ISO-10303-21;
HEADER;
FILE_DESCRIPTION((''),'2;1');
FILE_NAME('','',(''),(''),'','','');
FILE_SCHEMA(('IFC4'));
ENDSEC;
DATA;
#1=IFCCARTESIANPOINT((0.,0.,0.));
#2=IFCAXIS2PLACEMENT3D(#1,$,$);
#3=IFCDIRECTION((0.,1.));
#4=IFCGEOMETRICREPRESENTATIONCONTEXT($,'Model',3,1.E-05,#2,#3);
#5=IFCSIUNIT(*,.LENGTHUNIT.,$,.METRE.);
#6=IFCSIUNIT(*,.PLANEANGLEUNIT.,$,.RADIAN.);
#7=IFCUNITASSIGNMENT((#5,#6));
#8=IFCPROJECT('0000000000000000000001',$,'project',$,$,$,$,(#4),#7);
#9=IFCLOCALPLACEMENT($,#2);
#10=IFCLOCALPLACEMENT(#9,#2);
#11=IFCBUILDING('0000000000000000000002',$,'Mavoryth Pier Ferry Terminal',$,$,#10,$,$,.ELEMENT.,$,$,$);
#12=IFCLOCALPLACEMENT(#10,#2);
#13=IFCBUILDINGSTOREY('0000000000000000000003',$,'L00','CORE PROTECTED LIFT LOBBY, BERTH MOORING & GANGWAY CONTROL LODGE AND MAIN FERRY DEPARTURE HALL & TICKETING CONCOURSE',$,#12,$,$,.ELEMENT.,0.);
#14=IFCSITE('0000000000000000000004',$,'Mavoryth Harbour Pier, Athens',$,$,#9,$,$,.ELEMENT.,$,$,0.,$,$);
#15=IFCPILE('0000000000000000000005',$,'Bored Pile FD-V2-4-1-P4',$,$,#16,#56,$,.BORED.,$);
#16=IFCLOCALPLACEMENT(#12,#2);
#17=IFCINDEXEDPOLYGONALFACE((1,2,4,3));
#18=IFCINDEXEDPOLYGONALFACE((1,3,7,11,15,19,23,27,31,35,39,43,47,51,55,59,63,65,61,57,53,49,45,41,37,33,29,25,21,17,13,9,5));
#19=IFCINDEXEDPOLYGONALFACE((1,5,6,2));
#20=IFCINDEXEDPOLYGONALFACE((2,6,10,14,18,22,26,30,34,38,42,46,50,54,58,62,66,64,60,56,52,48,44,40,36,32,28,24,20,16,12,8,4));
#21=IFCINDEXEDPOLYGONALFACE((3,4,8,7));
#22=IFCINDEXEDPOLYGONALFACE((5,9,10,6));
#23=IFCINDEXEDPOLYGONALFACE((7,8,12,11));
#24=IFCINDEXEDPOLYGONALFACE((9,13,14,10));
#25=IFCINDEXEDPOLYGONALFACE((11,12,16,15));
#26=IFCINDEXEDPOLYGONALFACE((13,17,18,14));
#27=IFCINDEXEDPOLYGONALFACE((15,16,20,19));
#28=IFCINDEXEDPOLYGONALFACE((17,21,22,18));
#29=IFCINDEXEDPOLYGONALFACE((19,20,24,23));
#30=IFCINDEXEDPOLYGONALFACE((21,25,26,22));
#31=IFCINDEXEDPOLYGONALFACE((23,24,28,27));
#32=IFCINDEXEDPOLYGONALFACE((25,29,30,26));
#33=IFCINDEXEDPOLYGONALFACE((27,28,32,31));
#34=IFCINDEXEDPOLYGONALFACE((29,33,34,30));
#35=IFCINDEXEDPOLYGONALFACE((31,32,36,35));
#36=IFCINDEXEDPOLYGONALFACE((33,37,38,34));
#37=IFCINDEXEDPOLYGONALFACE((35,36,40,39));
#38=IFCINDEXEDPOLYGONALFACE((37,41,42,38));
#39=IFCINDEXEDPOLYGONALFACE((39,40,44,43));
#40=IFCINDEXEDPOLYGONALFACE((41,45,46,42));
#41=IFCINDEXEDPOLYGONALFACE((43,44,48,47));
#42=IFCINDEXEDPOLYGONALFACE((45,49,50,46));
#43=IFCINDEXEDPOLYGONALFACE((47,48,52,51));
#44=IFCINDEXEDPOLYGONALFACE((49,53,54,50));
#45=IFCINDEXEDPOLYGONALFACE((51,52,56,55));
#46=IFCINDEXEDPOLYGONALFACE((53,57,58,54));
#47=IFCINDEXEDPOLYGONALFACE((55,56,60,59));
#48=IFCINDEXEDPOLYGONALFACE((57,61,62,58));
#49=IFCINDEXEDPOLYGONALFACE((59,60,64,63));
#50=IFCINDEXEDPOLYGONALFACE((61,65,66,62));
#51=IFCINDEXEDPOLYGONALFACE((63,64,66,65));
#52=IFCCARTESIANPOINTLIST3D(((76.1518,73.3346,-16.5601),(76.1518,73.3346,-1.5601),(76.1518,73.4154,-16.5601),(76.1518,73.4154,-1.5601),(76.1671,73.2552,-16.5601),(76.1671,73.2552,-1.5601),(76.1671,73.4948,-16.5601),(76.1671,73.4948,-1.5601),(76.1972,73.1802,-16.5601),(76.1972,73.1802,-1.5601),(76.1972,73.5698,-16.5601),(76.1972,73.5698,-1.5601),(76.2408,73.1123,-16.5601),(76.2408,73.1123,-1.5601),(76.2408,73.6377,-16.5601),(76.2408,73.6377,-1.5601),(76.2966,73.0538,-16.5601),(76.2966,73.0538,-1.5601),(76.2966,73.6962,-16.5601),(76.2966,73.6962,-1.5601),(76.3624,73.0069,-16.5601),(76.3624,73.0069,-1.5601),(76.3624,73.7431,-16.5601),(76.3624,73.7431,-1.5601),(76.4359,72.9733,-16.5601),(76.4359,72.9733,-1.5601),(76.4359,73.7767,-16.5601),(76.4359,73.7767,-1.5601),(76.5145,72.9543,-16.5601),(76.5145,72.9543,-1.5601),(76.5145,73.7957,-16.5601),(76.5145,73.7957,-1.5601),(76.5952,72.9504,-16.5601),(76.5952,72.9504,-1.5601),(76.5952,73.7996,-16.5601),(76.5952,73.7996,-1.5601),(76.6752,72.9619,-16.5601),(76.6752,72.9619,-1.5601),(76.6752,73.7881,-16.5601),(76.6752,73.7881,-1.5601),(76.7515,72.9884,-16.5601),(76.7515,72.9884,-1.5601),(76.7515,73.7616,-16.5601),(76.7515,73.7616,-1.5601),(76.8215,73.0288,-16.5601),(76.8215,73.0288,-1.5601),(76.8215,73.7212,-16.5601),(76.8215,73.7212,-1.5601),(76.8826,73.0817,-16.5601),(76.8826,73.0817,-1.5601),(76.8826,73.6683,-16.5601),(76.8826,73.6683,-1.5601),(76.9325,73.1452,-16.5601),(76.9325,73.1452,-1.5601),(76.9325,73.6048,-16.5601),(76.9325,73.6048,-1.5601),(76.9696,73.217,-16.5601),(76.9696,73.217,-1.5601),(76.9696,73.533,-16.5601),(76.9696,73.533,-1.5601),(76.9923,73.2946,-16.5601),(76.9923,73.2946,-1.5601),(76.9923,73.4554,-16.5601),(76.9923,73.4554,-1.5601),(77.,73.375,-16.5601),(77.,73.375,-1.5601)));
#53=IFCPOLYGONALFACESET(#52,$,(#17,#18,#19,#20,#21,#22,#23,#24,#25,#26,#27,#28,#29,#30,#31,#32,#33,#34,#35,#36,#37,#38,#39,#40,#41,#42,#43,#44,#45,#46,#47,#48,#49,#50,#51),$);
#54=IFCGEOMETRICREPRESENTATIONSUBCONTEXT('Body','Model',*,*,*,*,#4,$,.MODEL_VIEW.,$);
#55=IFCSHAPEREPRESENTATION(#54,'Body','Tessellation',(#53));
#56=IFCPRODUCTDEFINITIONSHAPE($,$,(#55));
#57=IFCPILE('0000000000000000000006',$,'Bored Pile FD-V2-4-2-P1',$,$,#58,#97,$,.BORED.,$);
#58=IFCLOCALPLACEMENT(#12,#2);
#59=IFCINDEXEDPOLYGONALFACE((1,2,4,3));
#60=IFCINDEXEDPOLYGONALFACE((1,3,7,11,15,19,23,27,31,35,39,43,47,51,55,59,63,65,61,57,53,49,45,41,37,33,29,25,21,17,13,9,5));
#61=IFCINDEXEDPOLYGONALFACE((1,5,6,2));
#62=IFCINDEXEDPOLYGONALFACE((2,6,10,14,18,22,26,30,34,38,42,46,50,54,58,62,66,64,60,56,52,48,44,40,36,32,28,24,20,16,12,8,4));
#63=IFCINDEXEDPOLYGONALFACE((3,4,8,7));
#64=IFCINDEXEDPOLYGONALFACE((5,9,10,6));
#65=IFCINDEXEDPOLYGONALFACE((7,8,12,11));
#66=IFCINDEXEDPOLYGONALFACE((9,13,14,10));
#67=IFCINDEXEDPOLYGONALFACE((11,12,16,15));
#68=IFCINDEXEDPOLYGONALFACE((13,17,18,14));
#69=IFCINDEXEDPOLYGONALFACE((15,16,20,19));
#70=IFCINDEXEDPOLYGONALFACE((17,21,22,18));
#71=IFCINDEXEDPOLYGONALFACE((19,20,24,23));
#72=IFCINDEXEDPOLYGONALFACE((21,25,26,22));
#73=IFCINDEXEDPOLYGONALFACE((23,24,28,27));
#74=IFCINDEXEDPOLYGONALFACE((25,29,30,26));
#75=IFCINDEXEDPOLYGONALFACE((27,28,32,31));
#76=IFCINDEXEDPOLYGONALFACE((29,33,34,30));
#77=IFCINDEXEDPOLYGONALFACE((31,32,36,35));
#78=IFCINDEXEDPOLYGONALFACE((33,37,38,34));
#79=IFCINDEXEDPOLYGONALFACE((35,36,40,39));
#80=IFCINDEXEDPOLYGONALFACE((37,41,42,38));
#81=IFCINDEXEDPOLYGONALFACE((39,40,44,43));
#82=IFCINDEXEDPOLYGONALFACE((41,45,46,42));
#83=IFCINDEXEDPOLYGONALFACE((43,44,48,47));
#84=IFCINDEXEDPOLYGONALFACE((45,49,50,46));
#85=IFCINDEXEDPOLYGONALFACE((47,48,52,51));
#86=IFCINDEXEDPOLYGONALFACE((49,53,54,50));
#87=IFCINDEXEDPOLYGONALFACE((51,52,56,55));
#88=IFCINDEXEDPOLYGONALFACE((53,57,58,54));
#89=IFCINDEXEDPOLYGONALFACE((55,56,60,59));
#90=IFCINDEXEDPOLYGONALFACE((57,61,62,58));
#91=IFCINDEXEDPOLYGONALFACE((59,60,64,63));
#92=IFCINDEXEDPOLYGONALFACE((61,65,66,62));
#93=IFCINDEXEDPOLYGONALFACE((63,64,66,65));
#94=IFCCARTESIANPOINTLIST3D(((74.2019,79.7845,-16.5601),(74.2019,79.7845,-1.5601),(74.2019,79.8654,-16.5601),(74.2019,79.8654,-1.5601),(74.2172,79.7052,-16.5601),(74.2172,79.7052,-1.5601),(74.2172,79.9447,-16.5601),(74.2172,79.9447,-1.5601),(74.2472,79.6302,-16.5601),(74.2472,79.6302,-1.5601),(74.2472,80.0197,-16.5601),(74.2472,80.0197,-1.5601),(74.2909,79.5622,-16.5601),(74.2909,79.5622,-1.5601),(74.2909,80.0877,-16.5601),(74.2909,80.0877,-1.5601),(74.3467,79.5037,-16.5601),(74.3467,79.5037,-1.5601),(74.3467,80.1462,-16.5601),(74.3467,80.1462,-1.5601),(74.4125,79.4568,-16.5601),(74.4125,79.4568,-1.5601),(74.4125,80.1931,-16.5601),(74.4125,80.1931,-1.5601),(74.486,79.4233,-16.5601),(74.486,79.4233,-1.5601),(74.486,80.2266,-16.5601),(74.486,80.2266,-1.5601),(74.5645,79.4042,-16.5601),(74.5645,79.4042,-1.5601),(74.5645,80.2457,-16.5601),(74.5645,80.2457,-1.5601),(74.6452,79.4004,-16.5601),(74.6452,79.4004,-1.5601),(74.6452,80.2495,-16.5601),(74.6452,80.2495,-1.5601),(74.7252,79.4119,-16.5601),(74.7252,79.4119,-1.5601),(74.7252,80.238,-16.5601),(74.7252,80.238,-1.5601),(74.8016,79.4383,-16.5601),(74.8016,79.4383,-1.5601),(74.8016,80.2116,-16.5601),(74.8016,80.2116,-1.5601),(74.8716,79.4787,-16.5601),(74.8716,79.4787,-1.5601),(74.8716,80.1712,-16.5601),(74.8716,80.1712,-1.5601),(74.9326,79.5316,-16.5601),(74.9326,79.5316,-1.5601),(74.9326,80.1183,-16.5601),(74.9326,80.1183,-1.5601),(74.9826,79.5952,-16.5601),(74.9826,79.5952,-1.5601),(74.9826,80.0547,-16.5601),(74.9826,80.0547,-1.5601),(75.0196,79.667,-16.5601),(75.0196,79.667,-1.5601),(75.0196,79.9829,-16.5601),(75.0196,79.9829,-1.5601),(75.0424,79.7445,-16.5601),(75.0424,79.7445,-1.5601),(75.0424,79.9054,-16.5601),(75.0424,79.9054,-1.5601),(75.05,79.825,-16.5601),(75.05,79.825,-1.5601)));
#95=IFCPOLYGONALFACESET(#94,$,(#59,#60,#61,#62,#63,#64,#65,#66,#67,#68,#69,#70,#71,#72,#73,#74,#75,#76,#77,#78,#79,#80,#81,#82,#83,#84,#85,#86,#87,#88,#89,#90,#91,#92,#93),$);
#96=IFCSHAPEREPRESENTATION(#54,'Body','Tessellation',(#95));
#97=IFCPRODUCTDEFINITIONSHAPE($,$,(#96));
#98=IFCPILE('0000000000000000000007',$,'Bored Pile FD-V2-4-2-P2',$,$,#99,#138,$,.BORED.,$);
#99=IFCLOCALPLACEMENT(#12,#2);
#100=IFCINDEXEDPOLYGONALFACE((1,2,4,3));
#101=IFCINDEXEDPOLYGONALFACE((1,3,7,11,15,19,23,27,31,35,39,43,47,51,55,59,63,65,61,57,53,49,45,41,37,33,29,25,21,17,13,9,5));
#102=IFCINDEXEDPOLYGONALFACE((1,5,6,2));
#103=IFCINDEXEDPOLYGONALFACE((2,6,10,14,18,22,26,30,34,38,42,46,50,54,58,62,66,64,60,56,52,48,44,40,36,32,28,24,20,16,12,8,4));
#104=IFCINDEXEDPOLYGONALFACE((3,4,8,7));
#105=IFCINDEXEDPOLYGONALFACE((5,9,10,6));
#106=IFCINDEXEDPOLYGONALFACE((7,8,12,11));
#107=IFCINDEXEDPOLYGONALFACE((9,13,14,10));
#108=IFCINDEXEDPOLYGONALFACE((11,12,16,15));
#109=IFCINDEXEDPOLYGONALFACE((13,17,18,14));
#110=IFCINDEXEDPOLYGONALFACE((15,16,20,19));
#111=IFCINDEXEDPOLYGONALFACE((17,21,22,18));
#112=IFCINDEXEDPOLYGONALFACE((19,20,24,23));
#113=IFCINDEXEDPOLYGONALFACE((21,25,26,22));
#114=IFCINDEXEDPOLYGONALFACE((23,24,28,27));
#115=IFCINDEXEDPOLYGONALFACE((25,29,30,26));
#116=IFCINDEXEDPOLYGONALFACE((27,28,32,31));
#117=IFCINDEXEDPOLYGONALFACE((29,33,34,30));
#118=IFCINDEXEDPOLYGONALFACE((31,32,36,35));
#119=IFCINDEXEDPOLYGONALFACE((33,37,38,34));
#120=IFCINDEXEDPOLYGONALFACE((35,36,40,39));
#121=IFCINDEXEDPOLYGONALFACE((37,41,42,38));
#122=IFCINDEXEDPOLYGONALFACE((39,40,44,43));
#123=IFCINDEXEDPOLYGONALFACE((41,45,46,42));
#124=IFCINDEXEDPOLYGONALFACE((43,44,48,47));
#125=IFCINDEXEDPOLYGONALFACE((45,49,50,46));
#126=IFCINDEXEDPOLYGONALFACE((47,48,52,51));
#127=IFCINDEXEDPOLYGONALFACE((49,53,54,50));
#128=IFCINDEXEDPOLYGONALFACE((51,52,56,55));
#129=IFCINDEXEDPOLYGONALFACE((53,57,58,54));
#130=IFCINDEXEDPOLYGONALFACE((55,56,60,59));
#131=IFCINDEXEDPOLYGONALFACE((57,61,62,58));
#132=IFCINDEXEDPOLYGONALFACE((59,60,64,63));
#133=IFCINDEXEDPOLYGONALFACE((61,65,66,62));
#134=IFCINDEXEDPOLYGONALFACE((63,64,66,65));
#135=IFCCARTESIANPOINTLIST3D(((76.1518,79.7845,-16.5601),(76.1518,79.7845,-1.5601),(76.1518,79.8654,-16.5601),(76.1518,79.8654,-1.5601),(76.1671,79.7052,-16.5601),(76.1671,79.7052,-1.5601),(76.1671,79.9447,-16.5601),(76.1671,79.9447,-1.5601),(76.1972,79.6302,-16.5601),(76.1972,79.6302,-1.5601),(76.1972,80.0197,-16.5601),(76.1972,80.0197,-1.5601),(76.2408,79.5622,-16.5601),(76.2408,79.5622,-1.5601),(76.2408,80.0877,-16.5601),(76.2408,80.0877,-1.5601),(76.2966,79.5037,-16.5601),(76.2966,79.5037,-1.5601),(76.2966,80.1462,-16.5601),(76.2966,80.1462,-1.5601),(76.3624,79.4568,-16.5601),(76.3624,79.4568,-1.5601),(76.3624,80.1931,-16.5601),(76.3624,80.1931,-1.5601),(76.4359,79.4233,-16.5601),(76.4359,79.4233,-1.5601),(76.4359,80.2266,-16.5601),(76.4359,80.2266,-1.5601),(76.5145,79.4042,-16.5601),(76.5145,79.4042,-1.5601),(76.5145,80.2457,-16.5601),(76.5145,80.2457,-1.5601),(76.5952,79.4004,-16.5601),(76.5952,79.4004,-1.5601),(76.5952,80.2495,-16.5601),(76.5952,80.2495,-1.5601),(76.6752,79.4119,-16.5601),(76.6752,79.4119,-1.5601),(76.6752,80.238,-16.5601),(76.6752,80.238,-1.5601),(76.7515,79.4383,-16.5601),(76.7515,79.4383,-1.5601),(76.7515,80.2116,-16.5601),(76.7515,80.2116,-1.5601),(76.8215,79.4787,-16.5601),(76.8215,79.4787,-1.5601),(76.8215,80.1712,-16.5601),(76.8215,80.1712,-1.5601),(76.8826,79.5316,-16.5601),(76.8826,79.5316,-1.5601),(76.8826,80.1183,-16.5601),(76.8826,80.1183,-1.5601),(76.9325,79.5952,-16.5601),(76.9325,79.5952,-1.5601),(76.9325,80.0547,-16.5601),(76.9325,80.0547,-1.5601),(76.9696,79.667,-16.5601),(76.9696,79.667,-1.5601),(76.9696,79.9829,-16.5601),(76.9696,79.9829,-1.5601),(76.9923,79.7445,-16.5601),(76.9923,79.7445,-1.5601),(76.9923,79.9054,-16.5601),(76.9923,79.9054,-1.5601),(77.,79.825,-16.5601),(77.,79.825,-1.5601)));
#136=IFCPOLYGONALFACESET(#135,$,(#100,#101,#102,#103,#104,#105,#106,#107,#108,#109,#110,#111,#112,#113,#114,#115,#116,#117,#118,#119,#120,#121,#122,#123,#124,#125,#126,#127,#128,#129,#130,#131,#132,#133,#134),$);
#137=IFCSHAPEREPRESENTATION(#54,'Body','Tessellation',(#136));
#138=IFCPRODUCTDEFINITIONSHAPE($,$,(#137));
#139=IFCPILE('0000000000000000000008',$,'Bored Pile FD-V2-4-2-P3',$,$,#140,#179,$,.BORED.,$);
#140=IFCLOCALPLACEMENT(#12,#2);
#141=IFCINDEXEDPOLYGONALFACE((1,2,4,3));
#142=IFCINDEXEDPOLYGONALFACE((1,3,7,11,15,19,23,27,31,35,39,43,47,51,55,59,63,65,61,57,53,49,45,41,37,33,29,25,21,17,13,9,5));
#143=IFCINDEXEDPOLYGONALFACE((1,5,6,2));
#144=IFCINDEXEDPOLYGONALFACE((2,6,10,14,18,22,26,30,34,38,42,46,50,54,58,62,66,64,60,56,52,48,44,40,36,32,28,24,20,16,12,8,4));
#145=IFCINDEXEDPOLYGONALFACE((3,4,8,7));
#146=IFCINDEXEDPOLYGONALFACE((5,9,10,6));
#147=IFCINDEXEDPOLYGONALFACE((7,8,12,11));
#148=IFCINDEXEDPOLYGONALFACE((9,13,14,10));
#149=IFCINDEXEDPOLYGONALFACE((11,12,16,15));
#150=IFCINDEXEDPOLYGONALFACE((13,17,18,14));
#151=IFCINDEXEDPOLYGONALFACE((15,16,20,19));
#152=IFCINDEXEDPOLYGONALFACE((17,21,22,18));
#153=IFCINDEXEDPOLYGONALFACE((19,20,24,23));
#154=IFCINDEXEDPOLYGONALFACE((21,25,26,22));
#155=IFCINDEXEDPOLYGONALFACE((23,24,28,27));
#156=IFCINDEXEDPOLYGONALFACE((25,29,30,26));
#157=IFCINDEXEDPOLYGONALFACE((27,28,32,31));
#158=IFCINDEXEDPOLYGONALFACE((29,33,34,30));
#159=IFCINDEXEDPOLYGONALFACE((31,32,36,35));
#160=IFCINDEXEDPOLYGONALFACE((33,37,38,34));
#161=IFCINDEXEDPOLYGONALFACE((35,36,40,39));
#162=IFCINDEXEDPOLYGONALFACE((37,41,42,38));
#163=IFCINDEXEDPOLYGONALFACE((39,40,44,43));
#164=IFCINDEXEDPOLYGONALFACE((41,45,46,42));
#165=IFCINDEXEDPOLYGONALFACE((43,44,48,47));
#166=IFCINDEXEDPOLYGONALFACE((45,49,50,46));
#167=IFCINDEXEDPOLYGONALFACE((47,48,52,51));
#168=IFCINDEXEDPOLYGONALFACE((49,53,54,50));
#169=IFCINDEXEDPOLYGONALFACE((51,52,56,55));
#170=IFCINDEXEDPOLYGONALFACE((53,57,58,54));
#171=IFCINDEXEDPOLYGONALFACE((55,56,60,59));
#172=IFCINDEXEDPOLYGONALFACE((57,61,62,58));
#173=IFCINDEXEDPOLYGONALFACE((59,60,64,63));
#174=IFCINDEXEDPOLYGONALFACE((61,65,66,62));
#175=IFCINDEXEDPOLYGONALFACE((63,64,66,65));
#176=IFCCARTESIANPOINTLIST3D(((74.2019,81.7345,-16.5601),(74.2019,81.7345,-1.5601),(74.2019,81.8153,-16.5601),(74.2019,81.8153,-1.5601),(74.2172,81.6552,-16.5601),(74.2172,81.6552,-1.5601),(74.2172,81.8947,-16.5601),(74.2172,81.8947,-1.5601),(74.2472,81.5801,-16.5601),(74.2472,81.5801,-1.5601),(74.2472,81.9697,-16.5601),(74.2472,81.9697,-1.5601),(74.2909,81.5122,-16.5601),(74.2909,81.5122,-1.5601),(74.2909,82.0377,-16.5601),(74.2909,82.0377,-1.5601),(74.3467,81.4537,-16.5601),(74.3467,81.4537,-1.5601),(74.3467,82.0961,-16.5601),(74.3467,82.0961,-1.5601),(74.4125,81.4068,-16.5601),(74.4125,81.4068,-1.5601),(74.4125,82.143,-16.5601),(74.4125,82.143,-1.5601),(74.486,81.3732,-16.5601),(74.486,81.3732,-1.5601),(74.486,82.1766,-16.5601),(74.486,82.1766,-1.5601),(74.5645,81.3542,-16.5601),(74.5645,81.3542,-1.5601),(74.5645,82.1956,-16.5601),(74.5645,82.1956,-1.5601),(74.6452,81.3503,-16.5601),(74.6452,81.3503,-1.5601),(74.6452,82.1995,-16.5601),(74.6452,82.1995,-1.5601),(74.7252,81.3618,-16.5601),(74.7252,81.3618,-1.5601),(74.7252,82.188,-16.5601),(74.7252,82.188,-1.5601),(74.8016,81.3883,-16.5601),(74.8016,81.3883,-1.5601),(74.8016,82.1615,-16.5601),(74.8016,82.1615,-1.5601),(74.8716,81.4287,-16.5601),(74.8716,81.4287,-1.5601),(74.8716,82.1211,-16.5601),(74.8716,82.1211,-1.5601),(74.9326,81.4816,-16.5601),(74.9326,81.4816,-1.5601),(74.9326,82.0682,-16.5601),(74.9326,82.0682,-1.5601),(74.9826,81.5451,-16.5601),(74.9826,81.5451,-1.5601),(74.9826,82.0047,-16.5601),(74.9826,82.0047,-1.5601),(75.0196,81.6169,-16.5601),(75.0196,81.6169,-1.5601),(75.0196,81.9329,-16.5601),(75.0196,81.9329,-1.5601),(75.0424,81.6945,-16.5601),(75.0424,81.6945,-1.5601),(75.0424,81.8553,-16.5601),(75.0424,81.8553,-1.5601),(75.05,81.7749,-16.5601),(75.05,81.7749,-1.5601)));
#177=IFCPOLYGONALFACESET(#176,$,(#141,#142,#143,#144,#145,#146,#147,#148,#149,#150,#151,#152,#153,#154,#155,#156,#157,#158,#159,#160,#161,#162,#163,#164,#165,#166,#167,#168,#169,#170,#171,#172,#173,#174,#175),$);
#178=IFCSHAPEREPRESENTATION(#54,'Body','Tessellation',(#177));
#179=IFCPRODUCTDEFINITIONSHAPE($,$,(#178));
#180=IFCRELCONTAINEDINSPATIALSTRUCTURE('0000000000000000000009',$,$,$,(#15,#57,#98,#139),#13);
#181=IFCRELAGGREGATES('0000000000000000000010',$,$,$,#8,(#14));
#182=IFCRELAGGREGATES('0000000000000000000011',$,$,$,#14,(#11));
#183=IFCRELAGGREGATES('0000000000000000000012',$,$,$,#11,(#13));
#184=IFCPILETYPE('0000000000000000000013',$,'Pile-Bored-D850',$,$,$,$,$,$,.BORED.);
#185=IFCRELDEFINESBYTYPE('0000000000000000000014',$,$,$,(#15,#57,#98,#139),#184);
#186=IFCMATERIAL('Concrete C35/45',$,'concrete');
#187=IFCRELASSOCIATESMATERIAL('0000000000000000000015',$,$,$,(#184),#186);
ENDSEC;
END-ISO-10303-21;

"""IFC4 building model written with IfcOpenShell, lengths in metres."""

from ifc_helpers import new_model, si_unit, direction, frame, origin, origin_2d, place, context, subcontext, project, spatial, circle, extrude, material, material_profile, profile_set, type_object, element, save


model = new_model("IFC4")

# Units and contexts
model_context = context("Model", 3, precision=1e-05, world=origin(), true_north=direction((0.0, 1.0)))
body_context = subcontext(model_context, "Body", "Model", "MODEL_VIEW")
ifc_project = project(units=[si_unit("LENGTHUNIT", "METRE"), si_unit("PLANEANGLEUNIT", "RADIAN")], contexts=[model_context])

# Site, building, storey
site_placement = place(None, origin())
site = spatial("IfcSite", under=ifc_project, at=site_placement, Name="Mavoryth Harbour Pier, Athens", CompositionType="ELEMENT", RefElevation=0.0)
building_placement = place(site_placement, origin())
building = spatial("IfcBuilding", under=site, at=building_placement, Name="Mavoryth Pier Ferry Terminal", CompositionType="ELEMENT")
storey_placement = place(building_placement, origin())
storey = spatial("IfcBuildingStorey", under=building, at=storey_placement, Name="L00", Description="CORE PROTECTED LIFT LOBBY, BERTH MOORING & GANGWAY CONTROL LODGE AND MAIN FERRY DEPARTURE HALL & TICKETING CONCOURSE", CompositionType="ELEMENT", Elevation=0.0)

# Shared definitions
ifc_material_1 = material(Name="Concrete C35/45", Category="concrete")

# Piles
ifc_material_profile_1 = material_profile(ifc_material_1, circle(Radius=0.425, at=origin_2d()), Name="PILE D850", Category="concrete")
ifc_profile_set_1 = profile_set([ifc_material_profile_1], Name="Concrete C35/45 - PILE D850")
pile_type = type_object("IfcPileType", Name="Pile-Bored-D850", PredefinedType="BORED", material=ifc_profile_set_1)
for number, where, z_axis, x_axis, name in (
    (1, (76.575, 73.375, -1.5601), (0.0, 0.0, -1.0), (1.0, 0.0, 0.0), "Bored Pile FD-V2-4-1-P4"),
    (2, (74.625, 79.825, -1.5601), (0.0, 0.0, -1.0), (1.0, 0.0, 0.0), "Bored Pile FD-V2-4-2-P1"),
    (3, (76.575, 79.825, -1.5601), (0.0, 0.0, -1.0), (1.0, 0.0, 0.0), "Bored Pile FD-V2-4-2-P2"),
    (4, (74.625, 81.7749, -1.5601), (0.0, 0.0, -1.0), (1.0, 0.0, 0.0), "Bored Pile FD-V2-4-2-P3"),
):
    element("IfcPile", number, at=place(storey_placement, frame(where, z_axis=z_axis, x_axis=x_axis)), inside=storey, type_object=pile_type, Name=name, PredefinedType="BORED", context=body_context, shape_type="SweptSolid", body=[
        extrude(circle(Radius=0.425, at=origin_2d()), origin(), (0.0, 0.0, 1.0), 15.0),
    ])

save(model, "model.ifc")
